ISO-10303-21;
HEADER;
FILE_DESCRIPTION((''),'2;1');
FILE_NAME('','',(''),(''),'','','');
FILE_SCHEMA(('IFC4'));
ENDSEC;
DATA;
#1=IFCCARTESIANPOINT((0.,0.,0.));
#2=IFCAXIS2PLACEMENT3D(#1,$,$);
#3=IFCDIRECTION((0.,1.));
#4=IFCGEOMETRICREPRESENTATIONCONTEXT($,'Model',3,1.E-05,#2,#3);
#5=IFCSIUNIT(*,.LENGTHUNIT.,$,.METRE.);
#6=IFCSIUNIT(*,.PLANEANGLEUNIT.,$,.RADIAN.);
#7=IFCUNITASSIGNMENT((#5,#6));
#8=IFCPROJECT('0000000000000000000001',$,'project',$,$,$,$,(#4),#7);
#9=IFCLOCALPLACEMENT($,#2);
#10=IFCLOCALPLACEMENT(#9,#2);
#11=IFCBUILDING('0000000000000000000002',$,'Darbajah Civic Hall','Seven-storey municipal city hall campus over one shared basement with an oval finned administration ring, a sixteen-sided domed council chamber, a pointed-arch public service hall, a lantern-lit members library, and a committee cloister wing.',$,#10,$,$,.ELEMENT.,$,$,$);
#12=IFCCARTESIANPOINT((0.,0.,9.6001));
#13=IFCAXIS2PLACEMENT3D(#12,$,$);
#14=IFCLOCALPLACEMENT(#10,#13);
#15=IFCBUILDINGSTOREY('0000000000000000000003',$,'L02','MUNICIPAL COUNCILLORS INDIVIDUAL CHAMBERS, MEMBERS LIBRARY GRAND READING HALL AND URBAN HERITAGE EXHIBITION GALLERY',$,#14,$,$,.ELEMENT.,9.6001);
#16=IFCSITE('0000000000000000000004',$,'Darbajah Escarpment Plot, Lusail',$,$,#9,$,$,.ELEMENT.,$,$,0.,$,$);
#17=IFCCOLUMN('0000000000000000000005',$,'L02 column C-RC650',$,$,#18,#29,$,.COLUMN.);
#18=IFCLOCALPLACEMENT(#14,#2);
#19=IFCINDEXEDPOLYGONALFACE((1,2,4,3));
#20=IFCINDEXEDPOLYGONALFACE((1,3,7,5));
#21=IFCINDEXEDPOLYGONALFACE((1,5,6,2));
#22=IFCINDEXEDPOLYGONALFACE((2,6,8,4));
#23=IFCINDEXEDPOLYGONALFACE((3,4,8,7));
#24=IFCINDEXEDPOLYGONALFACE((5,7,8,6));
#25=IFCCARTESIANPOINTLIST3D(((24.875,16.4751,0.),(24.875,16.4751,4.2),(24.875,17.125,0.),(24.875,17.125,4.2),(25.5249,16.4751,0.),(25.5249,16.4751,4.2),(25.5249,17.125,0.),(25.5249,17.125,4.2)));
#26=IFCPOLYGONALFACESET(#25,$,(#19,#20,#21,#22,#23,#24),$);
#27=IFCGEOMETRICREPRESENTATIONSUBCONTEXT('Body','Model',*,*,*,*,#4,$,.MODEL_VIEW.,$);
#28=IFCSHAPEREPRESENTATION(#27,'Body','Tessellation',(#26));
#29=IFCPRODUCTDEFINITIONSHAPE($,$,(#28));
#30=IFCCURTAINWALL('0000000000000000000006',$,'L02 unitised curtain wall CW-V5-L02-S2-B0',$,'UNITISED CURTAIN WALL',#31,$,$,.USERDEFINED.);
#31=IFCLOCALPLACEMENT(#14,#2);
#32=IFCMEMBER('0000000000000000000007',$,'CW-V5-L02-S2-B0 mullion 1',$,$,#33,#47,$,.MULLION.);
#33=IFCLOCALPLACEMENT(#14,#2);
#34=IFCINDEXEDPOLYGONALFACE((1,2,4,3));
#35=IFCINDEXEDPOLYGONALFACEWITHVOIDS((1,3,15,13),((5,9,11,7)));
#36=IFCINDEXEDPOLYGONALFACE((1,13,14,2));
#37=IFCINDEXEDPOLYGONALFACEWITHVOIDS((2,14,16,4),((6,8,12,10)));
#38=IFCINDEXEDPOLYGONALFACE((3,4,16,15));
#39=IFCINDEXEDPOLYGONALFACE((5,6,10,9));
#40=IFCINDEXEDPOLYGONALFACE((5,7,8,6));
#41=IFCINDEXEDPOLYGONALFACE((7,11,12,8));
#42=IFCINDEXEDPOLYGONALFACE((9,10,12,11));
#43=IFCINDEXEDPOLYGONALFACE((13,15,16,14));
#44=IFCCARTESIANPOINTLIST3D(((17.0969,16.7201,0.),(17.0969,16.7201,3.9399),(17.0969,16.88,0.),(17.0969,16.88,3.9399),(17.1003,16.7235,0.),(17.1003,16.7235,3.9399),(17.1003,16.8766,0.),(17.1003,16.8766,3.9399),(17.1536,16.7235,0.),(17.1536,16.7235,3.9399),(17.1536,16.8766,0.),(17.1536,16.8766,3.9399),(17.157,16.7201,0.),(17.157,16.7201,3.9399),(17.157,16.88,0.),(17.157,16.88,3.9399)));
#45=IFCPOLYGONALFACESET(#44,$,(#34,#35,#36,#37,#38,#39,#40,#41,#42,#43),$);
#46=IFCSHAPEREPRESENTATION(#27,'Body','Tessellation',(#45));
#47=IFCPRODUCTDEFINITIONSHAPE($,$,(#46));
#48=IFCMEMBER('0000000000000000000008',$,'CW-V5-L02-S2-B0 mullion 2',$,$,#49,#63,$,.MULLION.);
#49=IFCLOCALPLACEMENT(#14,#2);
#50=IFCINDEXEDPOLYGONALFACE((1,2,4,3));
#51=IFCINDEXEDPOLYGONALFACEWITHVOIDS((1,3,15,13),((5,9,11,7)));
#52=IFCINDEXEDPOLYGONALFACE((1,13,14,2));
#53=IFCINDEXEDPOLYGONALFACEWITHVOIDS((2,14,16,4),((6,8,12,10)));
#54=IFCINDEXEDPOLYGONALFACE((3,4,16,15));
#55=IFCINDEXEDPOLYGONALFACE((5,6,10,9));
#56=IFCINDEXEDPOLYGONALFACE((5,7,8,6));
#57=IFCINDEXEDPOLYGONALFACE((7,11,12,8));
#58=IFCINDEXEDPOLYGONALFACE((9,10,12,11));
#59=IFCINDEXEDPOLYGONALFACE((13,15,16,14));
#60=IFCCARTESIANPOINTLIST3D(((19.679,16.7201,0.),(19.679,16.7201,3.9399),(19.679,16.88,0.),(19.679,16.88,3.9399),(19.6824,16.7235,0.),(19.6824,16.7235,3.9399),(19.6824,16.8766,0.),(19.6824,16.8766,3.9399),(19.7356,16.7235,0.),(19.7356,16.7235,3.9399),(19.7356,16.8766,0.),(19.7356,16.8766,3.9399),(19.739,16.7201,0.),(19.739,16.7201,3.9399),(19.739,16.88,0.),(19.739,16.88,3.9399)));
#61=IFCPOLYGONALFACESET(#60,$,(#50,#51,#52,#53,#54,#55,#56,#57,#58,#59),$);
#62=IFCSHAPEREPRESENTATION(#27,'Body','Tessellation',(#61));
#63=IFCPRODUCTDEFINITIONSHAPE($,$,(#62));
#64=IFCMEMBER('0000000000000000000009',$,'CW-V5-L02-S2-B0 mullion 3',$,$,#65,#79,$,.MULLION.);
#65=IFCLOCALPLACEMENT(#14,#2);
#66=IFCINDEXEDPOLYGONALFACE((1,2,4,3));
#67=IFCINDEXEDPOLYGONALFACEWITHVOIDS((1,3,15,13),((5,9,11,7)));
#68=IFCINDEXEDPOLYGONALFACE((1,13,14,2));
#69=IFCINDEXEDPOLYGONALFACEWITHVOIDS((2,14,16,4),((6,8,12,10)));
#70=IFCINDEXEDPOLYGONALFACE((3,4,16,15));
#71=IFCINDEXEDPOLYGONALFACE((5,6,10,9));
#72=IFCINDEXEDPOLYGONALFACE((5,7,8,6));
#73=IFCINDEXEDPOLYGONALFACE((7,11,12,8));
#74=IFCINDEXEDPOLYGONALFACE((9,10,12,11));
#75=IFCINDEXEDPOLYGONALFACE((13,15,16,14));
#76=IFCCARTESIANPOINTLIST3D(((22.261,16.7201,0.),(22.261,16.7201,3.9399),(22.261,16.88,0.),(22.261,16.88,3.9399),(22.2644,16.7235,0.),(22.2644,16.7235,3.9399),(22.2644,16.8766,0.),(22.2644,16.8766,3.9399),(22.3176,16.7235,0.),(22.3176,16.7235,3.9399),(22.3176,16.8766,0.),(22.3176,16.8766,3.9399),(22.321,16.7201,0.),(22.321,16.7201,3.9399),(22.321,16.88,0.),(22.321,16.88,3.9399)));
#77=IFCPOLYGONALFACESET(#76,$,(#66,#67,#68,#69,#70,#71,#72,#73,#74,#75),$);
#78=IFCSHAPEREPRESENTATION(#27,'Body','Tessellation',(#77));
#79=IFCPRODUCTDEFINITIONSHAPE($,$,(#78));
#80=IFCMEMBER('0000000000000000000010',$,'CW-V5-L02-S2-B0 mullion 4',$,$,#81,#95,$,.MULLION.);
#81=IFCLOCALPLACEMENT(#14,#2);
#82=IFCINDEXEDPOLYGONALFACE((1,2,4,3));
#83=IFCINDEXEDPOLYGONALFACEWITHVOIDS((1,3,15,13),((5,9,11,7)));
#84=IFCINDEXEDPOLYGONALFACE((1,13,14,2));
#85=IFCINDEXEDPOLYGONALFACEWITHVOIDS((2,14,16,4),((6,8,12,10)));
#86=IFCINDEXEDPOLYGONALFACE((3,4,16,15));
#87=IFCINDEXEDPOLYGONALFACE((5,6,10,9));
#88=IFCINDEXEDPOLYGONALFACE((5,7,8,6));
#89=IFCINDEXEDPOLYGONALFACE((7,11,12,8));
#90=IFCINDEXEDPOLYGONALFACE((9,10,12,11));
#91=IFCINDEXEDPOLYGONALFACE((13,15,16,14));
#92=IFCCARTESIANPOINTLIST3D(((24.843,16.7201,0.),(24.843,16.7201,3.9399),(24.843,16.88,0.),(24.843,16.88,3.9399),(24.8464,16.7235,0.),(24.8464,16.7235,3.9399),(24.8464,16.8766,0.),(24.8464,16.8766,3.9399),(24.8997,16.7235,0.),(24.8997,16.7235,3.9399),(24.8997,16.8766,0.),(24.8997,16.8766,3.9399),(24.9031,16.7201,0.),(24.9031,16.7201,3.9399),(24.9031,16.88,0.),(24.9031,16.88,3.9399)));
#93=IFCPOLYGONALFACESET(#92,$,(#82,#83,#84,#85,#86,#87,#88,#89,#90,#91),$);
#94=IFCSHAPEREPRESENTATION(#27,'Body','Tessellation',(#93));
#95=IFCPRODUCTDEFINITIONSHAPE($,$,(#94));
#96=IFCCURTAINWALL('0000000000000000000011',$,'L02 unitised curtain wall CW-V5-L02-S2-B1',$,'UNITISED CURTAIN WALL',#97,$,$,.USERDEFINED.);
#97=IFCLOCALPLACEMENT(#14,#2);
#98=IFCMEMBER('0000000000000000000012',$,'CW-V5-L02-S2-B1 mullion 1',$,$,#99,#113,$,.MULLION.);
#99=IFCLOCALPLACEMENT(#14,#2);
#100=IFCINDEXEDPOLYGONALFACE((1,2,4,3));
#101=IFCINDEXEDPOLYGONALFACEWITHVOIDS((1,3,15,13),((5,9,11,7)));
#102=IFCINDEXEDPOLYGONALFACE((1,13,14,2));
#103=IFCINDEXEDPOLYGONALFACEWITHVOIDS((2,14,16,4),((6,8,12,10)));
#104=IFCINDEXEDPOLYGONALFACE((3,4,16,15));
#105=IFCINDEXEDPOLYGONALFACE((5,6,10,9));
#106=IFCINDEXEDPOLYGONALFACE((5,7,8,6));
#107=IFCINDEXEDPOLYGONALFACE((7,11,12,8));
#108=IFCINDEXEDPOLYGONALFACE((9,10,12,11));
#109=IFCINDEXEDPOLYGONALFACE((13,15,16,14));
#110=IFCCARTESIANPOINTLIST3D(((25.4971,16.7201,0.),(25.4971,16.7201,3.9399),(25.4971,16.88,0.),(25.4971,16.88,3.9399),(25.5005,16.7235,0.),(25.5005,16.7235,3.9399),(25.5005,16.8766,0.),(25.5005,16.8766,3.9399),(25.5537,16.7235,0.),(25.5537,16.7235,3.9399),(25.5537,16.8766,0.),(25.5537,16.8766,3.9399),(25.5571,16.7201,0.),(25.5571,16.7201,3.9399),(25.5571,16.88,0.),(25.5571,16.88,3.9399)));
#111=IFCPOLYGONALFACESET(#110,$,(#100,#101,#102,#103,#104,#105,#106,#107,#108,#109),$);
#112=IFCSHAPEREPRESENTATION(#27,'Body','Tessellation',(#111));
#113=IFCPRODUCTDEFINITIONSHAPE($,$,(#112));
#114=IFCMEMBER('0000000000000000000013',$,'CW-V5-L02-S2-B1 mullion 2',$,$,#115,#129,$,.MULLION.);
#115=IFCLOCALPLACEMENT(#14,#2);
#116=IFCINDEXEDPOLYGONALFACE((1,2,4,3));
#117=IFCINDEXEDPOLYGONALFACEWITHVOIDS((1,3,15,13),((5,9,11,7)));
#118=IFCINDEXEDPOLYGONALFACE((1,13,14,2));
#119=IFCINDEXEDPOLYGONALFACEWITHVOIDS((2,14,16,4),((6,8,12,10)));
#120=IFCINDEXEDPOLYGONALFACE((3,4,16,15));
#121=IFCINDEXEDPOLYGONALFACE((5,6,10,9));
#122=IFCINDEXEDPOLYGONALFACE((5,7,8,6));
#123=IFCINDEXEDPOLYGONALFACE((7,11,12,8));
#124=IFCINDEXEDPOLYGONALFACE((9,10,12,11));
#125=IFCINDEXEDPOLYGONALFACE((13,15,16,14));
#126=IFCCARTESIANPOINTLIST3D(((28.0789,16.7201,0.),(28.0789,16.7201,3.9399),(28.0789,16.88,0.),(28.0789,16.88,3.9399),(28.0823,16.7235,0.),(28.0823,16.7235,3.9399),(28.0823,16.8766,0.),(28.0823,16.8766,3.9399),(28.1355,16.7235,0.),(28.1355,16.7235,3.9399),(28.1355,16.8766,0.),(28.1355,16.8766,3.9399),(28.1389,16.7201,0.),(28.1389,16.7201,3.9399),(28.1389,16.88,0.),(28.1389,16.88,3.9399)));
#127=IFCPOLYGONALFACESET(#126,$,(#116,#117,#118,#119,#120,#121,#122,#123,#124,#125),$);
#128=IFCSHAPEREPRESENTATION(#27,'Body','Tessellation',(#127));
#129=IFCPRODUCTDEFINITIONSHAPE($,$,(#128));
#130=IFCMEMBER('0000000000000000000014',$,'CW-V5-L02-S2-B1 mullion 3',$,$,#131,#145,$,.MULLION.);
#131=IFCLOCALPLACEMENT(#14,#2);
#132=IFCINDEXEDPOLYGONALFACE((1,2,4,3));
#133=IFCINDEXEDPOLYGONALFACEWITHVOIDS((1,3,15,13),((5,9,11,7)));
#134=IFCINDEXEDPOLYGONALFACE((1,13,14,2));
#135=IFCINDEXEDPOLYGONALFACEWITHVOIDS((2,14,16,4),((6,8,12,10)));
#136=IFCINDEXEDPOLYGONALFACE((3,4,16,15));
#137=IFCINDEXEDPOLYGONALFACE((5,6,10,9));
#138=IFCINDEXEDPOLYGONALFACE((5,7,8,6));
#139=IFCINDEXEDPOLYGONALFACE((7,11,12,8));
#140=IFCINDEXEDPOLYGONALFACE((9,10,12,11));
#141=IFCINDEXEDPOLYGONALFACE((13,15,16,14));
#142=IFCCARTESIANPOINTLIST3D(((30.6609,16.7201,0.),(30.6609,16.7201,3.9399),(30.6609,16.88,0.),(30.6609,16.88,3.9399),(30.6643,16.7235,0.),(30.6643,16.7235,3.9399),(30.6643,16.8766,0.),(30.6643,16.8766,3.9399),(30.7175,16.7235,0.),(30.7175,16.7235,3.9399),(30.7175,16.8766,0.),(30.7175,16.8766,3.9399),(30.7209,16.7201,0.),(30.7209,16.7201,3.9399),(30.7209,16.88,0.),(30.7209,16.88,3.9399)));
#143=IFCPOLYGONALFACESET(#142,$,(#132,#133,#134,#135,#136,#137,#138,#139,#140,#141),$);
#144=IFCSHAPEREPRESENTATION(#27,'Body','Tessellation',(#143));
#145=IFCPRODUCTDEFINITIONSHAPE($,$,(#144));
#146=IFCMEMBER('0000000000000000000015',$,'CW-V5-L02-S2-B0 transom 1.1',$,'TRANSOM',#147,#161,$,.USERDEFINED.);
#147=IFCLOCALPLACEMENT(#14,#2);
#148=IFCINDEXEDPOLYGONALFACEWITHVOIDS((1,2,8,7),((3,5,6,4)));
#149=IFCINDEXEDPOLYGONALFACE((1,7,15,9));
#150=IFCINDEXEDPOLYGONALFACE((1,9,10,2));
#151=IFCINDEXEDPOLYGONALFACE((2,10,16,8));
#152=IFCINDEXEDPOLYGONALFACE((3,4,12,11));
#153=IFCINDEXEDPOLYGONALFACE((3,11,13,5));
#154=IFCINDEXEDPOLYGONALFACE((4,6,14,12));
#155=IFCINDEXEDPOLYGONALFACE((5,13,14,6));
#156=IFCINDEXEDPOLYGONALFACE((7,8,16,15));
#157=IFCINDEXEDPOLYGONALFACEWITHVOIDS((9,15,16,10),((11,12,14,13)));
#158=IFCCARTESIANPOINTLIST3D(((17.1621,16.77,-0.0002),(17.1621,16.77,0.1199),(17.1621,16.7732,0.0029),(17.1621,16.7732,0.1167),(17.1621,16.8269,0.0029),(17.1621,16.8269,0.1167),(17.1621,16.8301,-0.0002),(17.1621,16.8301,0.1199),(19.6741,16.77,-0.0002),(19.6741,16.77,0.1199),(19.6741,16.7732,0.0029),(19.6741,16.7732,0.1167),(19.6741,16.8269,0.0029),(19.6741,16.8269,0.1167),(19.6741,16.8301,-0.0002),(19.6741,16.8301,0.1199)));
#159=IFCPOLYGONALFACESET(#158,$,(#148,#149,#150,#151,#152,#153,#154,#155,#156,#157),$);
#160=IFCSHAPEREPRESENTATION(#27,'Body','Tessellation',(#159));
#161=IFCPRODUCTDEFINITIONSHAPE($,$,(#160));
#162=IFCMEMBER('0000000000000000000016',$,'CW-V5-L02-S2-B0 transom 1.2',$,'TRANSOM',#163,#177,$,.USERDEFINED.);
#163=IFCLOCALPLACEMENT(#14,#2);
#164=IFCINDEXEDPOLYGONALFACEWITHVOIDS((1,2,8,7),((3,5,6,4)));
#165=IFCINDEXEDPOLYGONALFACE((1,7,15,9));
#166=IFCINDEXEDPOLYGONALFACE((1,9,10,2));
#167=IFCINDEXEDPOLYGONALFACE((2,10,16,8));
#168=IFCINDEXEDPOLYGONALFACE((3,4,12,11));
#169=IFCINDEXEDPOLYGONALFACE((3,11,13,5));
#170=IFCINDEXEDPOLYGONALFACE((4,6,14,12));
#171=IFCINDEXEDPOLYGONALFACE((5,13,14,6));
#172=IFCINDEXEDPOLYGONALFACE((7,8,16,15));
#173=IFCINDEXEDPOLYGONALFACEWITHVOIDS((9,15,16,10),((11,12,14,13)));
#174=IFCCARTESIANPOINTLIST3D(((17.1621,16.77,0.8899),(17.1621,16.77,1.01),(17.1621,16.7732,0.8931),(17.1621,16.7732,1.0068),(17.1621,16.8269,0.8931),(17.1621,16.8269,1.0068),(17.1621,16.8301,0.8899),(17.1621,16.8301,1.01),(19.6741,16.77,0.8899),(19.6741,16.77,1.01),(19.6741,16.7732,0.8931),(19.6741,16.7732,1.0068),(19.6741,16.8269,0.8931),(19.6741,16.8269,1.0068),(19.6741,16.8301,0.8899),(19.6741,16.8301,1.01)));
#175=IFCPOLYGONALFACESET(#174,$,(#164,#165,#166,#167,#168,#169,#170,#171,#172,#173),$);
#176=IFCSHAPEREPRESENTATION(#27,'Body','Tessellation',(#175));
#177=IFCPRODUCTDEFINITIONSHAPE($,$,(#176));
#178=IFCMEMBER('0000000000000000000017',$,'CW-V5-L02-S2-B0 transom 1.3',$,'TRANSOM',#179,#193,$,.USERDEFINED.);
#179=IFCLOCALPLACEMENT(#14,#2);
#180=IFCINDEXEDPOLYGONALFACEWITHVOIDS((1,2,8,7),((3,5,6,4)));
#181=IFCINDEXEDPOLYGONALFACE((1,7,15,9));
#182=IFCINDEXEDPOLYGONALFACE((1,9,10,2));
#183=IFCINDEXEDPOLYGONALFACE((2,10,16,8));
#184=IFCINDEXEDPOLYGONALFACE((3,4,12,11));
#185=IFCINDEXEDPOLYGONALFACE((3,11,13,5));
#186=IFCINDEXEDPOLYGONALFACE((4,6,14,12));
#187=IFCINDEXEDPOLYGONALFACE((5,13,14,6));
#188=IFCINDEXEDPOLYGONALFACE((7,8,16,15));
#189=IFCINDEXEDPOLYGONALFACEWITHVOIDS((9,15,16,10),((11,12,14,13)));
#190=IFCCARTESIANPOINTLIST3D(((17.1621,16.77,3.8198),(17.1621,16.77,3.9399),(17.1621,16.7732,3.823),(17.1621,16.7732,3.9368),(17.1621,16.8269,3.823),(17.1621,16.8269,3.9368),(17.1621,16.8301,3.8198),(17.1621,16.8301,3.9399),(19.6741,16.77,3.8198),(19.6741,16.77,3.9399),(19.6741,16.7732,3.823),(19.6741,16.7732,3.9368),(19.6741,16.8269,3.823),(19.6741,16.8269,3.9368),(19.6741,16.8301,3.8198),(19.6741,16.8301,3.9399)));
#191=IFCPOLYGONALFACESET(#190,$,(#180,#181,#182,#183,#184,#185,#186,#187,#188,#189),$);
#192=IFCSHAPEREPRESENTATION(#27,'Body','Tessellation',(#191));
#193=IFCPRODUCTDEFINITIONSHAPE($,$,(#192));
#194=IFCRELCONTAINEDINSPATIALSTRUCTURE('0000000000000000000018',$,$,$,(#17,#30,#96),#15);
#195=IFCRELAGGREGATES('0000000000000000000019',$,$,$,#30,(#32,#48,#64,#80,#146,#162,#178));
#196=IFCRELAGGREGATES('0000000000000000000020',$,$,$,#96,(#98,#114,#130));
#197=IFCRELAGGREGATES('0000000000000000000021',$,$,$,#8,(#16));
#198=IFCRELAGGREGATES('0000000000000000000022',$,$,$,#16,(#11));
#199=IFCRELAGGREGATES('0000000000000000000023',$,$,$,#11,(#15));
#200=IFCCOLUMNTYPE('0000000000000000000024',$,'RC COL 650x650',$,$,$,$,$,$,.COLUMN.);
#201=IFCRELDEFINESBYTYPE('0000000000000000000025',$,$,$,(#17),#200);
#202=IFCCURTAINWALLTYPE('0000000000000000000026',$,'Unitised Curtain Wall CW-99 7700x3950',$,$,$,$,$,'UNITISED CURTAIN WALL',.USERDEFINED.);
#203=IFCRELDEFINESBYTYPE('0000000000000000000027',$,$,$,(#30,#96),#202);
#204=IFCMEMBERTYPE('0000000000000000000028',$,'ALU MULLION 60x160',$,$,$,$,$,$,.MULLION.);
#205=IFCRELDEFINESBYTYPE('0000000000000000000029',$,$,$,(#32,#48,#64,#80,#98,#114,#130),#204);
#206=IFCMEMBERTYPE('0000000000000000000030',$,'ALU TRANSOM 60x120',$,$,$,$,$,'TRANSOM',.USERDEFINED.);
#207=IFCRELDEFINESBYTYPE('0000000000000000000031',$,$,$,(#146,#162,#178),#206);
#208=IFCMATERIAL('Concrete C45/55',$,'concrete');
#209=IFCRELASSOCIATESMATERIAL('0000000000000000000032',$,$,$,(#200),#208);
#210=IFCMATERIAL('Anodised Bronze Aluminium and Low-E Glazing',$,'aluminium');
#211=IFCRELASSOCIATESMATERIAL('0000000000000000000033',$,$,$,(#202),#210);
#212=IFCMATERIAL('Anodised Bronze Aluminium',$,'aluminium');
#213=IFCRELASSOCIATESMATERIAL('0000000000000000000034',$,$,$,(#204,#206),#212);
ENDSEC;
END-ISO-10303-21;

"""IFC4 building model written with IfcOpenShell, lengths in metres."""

from ifc_helpers import new_model, si_unit, direction, frame, origin, origin_2d, place, context, subcontext, project, spatial, rectangle, hollow_rectangle, extrude, material, material_profile, profile_set, type_object, element, aggregate, save


model = new_model("IFC4")

# Units and contexts
model_context = context("Model", 3, precision=1e-05, world=origin(), true_north=direction((0.0, 1.0)))
body_context = subcontext(model_context, "Body", "Model", "MODEL_VIEW")
ifc_project = project(units=[si_unit("LENGTHUNIT", "METRE"), si_unit("PLANEANGLEUNIT", "RADIAN")], contexts=[model_context])

# Site, building, storey
site_placement = place(None, origin())
site = spatial("IfcSite", under=ifc_project, at=site_placement, Name="Darbajah Escarpment Plot, Lusail", CompositionType="ELEMENT", RefElevation=0.0)
building_placement = place(site_placement, origin())
building = spatial("IfcBuilding", under=site, at=building_placement, Name="Darbajah Civic Hall", Description="Seven-storey municipal city hall campus over one shared basement with an oval finned administration ring, a sixteen-sided domed council chamber, a pointed-arch public service hall, a lantern-lit members library, and a committee cloister wing.", CompositionType="ELEMENT")
storey_placement = place(building_placement, frame((0.0, 0.0, 9.6001)))
storey = spatial("IfcBuildingStorey", under=building, at=storey_placement, Name="L02", Description="MUNICIPAL COUNCILLORS INDIVIDUAL CHAMBERS, MEMBERS LIBRARY GRAND READING HALL AND URBAN HERITAGE EXHIBITION GALLERY", CompositionType="ELEMENT", Elevation=9.6001)

# Column
ifc_material_1 = material(Name="Concrete C45/55", Category="concrete")
ifc_material_profile_1 = material_profile(ifc_material_1, rectangle(XDim=0.6499, YDim=0.6499, at=origin_2d()), Name="RC COL 650x650")
ifc_profile_set_1 = profile_set([ifc_material_profile_1], Name="Concrete C45/55")
column_type = type_object("IfcColumnType", Name="RC COL 650x650", PredefinedType="COLUMN", material=ifc_profile_set_1)
column_placement = place(storey_placement, frame((25.2, 16.8, 0.0), z_axis=(0.0, 0.0, 1.0), x_axis=(1.0, 0.0, 0.0)))
element("IfcColumn", 1, at=column_placement, inside=storey, type_object=column_type, Name="L02 column C-RC650", PredefinedType="COLUMN", context=body_context, shape_type="SweptSolid", body=[
    extrude(rectangle(XDim=0.6499, YDim=0.6499, at=origin_2d()), origin(), (0.0, 0.0, 1.0), 4.2),
])

# Curtain walls, members
ifc_material_2 = material(Name="Anodised Bronze Aluminium and Low-E Glazing", Category="aluminium")
curtain_wall_type = type_object("IfcCurtainWallType", Name="Unitised Curtain Wall CW-99 7700x3950", ElementType="UNITISED CURTAIN WALL", PredefinedType="USERDEFINED", material=ifc_material_2)
curtain_wall_1_placement = place(storey_placement, origin())
curtain_wall_1 = element("IfcCurtainWall", 2, at=curtain_wall_1_placement, inside=storey, type_object=curtain_wall_type, Name="L02 unitised curtain wall CW-V5-L02-S2-B0", ObjectType="UNITISED CURTAIN WALL", PredefinedType="USERDEFINED")
ifc_material_3 = material(Name="Anodised Bronze Aluminium", Category="aluminium")
ifc_material_profile_2 = material_profile(ifc_material_3, hollow_rectangle(XDim=0.0601, YDim=0.1599, WallThickness=0.0034, at=origin_2d()), Name="ALU MULLION 60x160")
ifc_profile_set_2 = profile_set([ifc_material_profile_2], Name="Anodised Bronze Aluminium")
member_type_1 = type_object("IfcMemberType", Name="ALU MULLION 60x160", PredefinedType="MULLION", material=ifc_profile_set_2)
member_1_placement = place(storey_placement, frame((17.127, 16.8, 0.0), z_axis=(0.0, 0.0, 1.0), x_axis=(1.0, 0.0, 0.0)))
member_1 = element("IfcMember", 3, at=member_1_placement, type_object=member_type_1, Name="CW-V5-L02-S2-B0 mullion 1", PredefinedType="MULLION", context=body_context, shape_type="SweptSolid", body=[
    extrude(hollow_rectangle(XDim=0.0601, YDim=0.1599, WallThickness=0.0034, at=origin_2d()), origin(), (0.0, 0.0, 1.0), 3.9399),
])
member_2_placement = place(storey_placement, frame((19.709, 16.8, 0.0), z_axis=(0.0, 0.0, 1.0), x_axis=(1.0, 0.0, 0.0)))
member_2 = element("IfcMember", 4, at=member_2_placement, type_object=member_type_1, Name="CW-V5-L02-S2-B0 mullion 2", PredefinedType="MULLION", context=body_context, shape_type="SweptSolid", body=[
    extrude(hollow_rectangle(XDim=0.0601, YDim=0.1599, WallThickness=0.0034, at=origin_2d()), origin(), (0.0, 0.0, 1.0), 3.9399),
])
member_3_placement = place(storey_placement, frame((22.291, 16.8, 0.0), z_axis=(0.0, 0.0, 1.0), x_axis=(1.0, 0.0, 0.0)))
member_3 = element("IfcMember", 5, at=member_3_placement, type_object=member_type_1, Name="CW-V5-L02-S2-B0 mullion 3", PredefinedType="MULLION", context=body_context, shape_type="SweptSolid", body=[
    extrude(hollow_rectangle(XDim=0.0601, YDim=0.1599, WallThickness=0.0034, at=origin_2d()), origin(), (0.0, 0.0, 1.0), 3.9399),
])
member_4_placement = place(storey_placement, frame((24.873, 16.8, 0.0), z_axis=(0.0, 0.0, 1.0), x_axis=(1.0, 0.0, 0.0)))
member_4 = element("IfcMember", 6, at=member_4_placement, type_object=member_type_1, Name="CW-V5-L02-S2-B0 mullion 4", PredefinedType="MULLION", context=body_context, shape_type="SweptSolid", body=[
    extrude(hollow_rectangle(XDim=0.0601, YDim=0.1599, WallThickness=0.0034, at=origin_2d()), origin(), (0.0, 0.0, 1.0), 3.9399),
])
curtain_wall_2_placement = place(storey_placement, origin())
curtain_wall_2 = element("IfcCurtainWall", 7, at=curtain_wall_2_placement, inside=storey, type_object=curtain_wall_type, Name="L02 unitised curtain wall CW-V5-L02-S2-B1", ObjectType="UNITISED CURTAIN WALL", PredefinedType="USERDEFINED")
member_5_placement = place(storey_placement, frame((25.5271, 16.8, 0.0), z_axis=(0.0, 0.0, 1.0), x_axis=(1.0, 0.0, 0.0)))
member_5 = element("IfcMember", 8, at=member_5_placement, type_object=member_type_1, Name="CW-V5-L02-S2-B1 mullion 1", PredefinedType="MULLION", context=body_context, shape_type="SweptSolid", body=[
    extrude(hollow_rectangle(XDim=0.0601, YDim=0.1599, WallThickness=0.0034, at=origin_2d()), origin(), (0.0, 0.0, 1.0), 3.9399),
])
member_6_placement = place(storey_placement, frame((28.1089, 16.8, 0.0), z_axis=(0.0, 0.0, 1.0), x_axis=(1.0, 0.0, 0.0)))
member_6 = element("IfcMember", 9, at=member_6_placement, type_object=member_type_1, Name="CW-V5-L02-S2-B1 mullion 2", PredefinedType="MULLION", context=body_context, shape_type="SweptSolid", body=[
    extrude(hollow_rectangle(XDim=0.0601, YDim=0.1599, WallThickness=0.0034, at=origin_2d()), origin(), (0.0, 0.0, 1.0), 3.9399),
])
member_7_placement = place(storey_placement, frame((30.6909, 16.8, 0.0), z_axis=(0.0, 0.0, 1.0), x_axis=(1.0, 0.0, 0.0)))
member_7 = element("IfcMember", 10, at=member_7_placement, type_object=member_type_1, Name="CW-V5-L02-S2-B1 mullion 3", PredefinedType="MULLION", context=body_context, shape_type="SweptSolid", body=[
    extrude(hollow_rectangle(XDim=0.0601, YDim=0.1599, WallThickness=0.0034, at=origin_2d()), origin(), (0.0, 0.0, 1.0), 3.9399),
])

# Members
ifc_material_profile_3 = material_profile(ifc_material_3, hollow_rectangle(XDim=0.0601, YDim=0.1201, WallThickness=0.0032, at=origin_2d()), Name="ALU TRANSOM 60x120")
ifc_profile_set_3 = profile_set([ifc_material_profile_3], Name="Anodised Bronze Aluminium")
member_type_2 = type_object("IfcMemberType", Name="ALU TRANSOM 60x120", ElementType="TRANSOM", PredefinedType="USERDEFINED", material=ifc_profile_set_3)
member_8_placement = place(storey_placement, frame((17.1621, 16.8, 0.0598), z_axis=(1.0, 0.0, 0.0), x_axis=(0.0, 1.0, 0.0)))
member_8 = element("IfcMember", 11, at=member_8_placement, type_object=member_type_2, Name="CW-V5-L02-S2-B0 transom 1.1", ObjectType="TRANSOM", PredefinedType="USERDEFINED", context=body_context, shape_type="SweptSolid", body=[
    extrude(hollow_rectangle(XDim=0.0601, YDim=0.1201, WallThickness=0.0032, at=origin_2d()), origin(), (0.0, 0.0, 1.0), 2.512),
])
member_9_placement = place(storey_placement, frame((17.1621, 16.8, 0.95), z_axis=(1.0, 0.0, 0.0), x_axis=(0.0, 1.0, 0.0)))
member_9 = element("IfcMember", 12, at=member_9_placement, type_object=member_type_2, Name="CW-V5-L02-S2-B0 transom 1.2", ObjectType="TRANSOM", PredefinedType="USERDEFINED", context=body_context, shape_type="SweptSolid", body=[
    extrude(hollow_rectangle(XDim=0.0601, YDim=0.1201, WallThickness=0.0032, at=origin_2d()), origin(), (0.0, 0.0, 1.0), 2.512),
])
member_10_placement = place(storey_placement, frame((17.1621, 16.8, 3.8799), z_axis=(1.0, 0.0, 0.0), x_axis=(0.0, 1.0, 0.0)))
member_10 = element("IfcMember", 13, at=member_10_placement, type_object=member_type_2, Name="CW-V5-L02-S2-B0 transom 1.3", ObjectType="TRANSOM", PredefinedType="USERDEFINED", context=body_context, shape_type="SweptSolid", body=[
    extrude(hollow_rectangle(XDim=0.0601, YDim=0.1201, WallThickness=0.0032, at=origin_2d()), origin(), (0.0, 0.0, 1.0), 2.512),
])

aggregate(curtain_wall_1, [member_1, member_2, member_3, member_4, member_8, member_9, member_10])
aggregate(curtain_wall_2, [member_5, member_6, member_7])

save(model, "model.ifc")
